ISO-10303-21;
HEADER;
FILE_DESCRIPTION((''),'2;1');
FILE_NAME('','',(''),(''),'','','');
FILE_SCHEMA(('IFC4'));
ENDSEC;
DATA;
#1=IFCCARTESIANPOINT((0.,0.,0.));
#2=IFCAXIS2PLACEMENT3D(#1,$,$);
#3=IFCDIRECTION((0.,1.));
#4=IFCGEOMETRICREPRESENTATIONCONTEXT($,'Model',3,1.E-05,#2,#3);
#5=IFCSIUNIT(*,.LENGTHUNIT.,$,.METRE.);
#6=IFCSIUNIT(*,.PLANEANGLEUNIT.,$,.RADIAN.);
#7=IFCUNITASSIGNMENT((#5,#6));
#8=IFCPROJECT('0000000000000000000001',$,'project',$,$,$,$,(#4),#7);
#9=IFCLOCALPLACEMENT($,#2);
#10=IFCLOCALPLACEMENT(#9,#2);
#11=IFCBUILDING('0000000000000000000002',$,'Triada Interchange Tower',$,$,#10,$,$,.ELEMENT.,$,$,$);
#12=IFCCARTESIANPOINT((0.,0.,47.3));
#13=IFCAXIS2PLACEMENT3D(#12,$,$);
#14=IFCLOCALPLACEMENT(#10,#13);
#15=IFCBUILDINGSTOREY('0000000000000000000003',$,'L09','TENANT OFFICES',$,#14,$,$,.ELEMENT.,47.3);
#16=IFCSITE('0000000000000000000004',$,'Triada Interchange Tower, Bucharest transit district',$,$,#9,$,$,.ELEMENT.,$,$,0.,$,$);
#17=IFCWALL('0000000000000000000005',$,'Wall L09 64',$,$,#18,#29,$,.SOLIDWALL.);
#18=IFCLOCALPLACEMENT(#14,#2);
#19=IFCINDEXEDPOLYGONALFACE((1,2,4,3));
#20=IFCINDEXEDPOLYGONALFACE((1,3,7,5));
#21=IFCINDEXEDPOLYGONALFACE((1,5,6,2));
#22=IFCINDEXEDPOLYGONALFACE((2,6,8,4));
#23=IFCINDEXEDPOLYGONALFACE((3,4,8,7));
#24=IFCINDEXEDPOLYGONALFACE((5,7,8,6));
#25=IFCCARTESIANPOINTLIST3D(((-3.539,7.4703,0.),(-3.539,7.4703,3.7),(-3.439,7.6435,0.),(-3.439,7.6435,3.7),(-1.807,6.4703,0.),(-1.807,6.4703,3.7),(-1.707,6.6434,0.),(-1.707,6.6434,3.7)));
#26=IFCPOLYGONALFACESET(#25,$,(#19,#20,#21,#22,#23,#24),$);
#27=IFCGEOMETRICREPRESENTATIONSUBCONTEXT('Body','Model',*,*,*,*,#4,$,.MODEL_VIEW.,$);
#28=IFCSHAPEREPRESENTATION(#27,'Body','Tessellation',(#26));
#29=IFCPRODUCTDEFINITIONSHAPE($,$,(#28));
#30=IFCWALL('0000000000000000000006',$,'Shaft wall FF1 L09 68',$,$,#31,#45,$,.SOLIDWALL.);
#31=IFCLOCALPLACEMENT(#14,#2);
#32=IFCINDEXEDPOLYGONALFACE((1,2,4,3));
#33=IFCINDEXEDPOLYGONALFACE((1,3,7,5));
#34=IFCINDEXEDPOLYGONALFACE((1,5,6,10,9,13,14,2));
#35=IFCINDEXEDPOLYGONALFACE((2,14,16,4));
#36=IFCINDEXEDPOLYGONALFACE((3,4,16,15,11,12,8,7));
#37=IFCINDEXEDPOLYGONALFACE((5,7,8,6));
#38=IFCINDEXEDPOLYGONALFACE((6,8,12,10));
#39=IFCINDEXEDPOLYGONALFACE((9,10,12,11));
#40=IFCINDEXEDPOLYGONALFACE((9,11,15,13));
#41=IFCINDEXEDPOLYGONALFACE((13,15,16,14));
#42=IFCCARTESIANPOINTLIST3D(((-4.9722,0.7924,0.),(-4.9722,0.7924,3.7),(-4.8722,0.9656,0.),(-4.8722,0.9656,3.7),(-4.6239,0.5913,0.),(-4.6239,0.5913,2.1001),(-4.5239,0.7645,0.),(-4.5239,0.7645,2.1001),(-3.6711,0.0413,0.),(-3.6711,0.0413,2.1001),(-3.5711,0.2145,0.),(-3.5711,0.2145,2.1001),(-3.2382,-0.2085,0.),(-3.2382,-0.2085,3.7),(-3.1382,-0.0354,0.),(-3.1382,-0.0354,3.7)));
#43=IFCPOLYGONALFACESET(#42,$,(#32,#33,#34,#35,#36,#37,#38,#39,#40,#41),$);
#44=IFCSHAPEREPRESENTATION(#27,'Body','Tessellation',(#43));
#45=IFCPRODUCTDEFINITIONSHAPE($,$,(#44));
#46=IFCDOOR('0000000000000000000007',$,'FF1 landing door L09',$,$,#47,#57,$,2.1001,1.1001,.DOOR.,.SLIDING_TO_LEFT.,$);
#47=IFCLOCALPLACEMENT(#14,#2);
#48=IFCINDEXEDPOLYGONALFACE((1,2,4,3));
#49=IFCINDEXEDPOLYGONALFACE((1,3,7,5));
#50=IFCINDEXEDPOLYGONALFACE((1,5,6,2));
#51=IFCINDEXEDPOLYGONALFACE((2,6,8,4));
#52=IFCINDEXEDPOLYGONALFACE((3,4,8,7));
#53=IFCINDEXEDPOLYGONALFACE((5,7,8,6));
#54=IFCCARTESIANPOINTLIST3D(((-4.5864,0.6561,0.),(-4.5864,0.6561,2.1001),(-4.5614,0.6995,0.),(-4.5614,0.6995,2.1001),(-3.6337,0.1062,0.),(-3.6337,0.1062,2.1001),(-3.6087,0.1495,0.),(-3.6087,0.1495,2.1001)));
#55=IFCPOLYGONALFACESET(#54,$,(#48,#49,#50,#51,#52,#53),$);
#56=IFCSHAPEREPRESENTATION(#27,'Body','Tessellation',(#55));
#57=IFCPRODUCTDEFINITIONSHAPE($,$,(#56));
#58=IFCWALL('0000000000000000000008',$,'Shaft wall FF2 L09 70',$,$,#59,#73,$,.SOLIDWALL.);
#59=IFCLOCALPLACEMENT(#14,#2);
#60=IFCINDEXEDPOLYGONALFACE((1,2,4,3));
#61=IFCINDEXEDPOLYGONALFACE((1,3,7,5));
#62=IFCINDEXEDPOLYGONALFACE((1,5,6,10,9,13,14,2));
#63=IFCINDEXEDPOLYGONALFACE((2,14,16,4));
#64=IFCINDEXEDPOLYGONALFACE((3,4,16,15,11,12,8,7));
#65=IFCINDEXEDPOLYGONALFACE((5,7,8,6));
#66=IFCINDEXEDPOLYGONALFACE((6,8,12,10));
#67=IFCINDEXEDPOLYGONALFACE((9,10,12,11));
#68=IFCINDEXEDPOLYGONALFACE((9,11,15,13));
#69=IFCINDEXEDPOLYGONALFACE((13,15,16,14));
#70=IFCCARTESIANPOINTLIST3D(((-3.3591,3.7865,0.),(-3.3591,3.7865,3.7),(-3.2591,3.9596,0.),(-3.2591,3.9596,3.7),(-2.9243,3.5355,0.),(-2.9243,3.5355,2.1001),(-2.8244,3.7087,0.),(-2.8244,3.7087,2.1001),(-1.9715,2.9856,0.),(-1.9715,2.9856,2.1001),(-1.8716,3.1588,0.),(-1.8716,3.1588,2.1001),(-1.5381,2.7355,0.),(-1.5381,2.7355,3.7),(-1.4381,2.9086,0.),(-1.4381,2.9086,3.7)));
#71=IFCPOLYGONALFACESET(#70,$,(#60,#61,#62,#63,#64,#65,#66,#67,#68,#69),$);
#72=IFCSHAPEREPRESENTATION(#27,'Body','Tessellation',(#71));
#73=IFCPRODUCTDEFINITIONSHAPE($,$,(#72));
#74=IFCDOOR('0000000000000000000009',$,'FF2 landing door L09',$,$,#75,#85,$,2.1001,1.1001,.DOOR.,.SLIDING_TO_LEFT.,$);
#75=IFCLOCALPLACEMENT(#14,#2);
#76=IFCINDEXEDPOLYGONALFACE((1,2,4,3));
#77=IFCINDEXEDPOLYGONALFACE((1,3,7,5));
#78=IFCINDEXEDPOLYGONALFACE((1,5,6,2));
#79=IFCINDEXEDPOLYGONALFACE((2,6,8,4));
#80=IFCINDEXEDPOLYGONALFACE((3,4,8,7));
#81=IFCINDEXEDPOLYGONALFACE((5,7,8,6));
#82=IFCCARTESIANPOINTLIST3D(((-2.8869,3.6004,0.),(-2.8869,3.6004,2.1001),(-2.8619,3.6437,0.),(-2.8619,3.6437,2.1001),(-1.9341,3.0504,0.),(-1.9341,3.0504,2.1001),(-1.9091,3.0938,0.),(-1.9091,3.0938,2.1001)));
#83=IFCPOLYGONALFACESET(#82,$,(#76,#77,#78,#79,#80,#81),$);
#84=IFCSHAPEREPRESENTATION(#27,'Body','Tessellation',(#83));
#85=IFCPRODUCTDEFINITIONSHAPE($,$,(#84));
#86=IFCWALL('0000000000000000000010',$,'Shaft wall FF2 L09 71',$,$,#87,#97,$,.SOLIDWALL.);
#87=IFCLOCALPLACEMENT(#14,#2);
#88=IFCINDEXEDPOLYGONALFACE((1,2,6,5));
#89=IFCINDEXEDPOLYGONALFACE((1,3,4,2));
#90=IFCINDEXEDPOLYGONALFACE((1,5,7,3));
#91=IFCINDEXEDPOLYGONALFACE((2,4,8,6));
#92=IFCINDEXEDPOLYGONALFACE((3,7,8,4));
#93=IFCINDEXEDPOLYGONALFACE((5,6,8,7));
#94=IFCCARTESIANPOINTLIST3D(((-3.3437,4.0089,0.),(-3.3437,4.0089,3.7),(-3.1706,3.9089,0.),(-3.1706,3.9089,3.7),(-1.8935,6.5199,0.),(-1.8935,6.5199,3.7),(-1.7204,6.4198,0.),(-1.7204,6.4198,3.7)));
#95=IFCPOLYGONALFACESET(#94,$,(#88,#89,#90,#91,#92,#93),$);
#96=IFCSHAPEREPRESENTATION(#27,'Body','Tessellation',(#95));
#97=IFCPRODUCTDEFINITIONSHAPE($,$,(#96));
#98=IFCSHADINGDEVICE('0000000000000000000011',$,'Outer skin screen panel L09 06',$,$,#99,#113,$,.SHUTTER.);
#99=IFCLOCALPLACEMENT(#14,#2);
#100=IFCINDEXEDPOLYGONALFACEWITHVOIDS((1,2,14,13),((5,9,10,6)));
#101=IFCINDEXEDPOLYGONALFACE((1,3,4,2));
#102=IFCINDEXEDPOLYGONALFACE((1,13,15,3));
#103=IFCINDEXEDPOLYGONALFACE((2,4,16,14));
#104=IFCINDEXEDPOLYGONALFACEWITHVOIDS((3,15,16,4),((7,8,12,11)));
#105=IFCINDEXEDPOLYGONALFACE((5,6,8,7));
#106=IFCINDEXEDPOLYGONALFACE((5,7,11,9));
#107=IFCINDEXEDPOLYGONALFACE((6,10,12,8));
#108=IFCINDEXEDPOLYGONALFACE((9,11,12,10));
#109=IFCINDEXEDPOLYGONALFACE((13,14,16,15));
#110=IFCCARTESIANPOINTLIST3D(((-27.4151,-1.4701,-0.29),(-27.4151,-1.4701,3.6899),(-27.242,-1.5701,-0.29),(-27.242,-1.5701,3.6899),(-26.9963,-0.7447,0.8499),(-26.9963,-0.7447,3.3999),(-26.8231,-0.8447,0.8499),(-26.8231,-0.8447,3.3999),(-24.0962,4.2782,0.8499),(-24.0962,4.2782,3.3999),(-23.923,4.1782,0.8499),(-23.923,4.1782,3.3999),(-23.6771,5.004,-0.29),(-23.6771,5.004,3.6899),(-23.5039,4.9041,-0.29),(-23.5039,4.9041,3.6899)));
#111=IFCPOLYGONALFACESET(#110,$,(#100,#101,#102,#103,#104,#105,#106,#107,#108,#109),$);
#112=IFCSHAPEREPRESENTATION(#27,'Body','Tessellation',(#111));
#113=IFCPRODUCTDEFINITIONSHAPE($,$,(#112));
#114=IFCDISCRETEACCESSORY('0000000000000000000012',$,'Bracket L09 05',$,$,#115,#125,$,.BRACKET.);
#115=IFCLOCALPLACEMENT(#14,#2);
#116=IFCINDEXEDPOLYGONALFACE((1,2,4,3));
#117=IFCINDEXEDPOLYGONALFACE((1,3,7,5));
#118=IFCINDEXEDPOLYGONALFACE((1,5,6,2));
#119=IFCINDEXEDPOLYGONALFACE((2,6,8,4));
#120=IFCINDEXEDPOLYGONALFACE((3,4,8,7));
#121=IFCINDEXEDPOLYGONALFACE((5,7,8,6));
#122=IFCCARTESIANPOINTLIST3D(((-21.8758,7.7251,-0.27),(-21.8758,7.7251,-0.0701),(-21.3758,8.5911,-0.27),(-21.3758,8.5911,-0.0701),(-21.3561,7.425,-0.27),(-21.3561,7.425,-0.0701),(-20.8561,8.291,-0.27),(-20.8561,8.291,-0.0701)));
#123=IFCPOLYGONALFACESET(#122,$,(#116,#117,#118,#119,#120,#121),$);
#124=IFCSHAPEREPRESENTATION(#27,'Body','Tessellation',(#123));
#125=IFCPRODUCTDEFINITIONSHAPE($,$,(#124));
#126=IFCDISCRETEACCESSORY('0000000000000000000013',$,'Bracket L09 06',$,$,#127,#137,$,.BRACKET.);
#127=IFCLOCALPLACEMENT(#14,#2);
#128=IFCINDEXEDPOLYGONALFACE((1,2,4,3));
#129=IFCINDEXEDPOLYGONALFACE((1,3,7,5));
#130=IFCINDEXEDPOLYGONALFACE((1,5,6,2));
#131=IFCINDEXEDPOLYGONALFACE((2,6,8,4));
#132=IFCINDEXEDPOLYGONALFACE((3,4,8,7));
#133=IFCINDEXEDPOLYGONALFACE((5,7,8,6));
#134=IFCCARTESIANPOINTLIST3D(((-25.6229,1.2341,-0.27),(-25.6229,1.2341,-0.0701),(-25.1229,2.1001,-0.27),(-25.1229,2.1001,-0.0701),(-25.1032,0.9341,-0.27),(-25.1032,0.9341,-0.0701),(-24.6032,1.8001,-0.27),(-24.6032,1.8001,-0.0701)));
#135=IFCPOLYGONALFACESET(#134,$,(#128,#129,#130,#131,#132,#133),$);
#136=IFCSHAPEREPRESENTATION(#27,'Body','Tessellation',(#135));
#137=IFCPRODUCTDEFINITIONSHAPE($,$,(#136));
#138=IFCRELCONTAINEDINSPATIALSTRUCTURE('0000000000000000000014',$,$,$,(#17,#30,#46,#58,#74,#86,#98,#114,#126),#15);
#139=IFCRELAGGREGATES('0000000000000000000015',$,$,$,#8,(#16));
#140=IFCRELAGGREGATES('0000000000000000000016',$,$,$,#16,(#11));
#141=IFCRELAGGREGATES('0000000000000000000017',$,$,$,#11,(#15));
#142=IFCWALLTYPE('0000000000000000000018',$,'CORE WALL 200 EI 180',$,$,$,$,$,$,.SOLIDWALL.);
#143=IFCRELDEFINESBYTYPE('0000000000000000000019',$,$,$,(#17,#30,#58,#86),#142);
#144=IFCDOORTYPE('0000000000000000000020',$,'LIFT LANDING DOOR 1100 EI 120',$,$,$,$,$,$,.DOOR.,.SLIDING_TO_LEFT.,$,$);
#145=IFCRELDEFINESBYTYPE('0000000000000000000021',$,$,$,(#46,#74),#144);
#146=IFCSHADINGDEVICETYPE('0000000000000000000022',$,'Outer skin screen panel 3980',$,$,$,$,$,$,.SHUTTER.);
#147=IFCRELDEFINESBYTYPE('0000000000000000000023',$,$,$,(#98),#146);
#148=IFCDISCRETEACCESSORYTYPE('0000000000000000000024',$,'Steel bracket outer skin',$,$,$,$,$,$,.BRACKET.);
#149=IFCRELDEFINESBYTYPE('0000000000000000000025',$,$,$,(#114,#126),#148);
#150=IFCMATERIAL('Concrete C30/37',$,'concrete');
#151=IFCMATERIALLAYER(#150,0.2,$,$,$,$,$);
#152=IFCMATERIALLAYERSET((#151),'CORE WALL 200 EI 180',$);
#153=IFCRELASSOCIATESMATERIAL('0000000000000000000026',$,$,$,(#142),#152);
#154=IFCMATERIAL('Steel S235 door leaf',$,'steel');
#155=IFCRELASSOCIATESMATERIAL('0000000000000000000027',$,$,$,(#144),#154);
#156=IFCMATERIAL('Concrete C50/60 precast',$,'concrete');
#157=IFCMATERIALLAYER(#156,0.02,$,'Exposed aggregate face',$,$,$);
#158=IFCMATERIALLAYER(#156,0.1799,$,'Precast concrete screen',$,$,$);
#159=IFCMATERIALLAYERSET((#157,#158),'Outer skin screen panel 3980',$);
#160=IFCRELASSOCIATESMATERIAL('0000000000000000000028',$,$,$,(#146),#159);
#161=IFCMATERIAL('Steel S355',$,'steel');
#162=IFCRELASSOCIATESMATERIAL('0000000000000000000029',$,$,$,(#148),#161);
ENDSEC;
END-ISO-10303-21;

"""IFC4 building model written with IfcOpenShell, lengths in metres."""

from ifc_helpers import new_model, si_unit, direction, frame, frame_2d, origin, origin_2d, place, context, subcontext, project, spatial, polyline, rectangle, outline, extrude, material, layer, layer_set, type_object, element, fill, save


model = new_model("IFC4")

# Units and contexts
model_context = context("Model", 3, precision=1e-05, world=origin(), true_north=direction((0.0, 1.0)))
body_context = subcontext(model_context, "Body", "Model", "MODEL_VIEW")
ifc_project = project(units=[si_unit("LENGTHUNIT", "METRE"), si_unit("PLANEANGLEUNIT", "RADIAN")], contexts=[model_context])

# Site, building, storey
site_placement = place(None, origin())
site = spatial("IfcSite", under=ifc_project, at=site_placement, Name="Triada Interchange Tower, Bucharest transit district", CompositionType="ELEMENT", RefElevation=0.0)
building_placement = place(site_placement, origin())
building = spatial("IfcBuilding", under=site, at=building_placement, Name="Triada Interchange Tower", CompositionType="ELEMENT")
storey_placement = place(building_placement, frame((0.0, 0.0, 47.3)))
storey = spatial("IfcBuildingStorey", under=building, at=storey_placement, Name="L09", Description="TENANT OFFICES", CompositionType="ELEMENT", Elevation=47.3)

# Shared definitions
ifc_material_1 = material(Name="Concrete C30/37", Category="concrete")

# Shared definitions
ifc_layer_1 = layer(ifc_material_1, 0.2)
ifc_layer_set_1 = layer_set([ifc_layer_1], Name="CORE WALL 200 EI 180")
wall_type_1 = type_object("IfcWallType", Name="CORE WALL 200 EI 180", PredefinedType="SOLIDWALL", material=ifc_layer_set_1)
ifc_material_2 = material(Name="Steel S235 door leaf", Category="steel")
door_type_1 = type_object("IfcDoorType", Name="LIFT LANDING DOOR 1100 EI 120", OperationType="SLIDING_TO_LEFT", PredefinedType="DOOR", material=ifc_material_2)

# Wall
wall_1_placement = place(storey_placement, frame((-3.489, 7.5569, 0.0), z_axis=(0.0, 0.0, 1.0), x_axis=(0.866011, -0.500025, 0.0)))
element("IfcWall", 1, at=wall_1_placement, inside=storey, type_object=wall_type_1, Name="Wall L09 64", PredefinedType="SOLIDWALL", context=body_context, shape_type="SweptSolid", body=[
    extrude(rectangle(XDim=2.0, YDim=0.2, at=frame_2d((1.0, 0.0))), origin(), (0.0, 0.0, 1.0), 3.7),
])

# Walls, openings, doors
wall_2_placement = place(storey_placement, frame((-4.9221, 0.8789, 0.0), z_axis=(0.0, 0.0, 1.0), x_axis=(0.866074, -0.499916, 0.0)))
wall_2 = element("IfcWall", 2, at=wall_2_placement, inside=storey, type_object=wall_type_1, Name="Shaft wall FF1 L09 68", PredefinedType="SOLIDWALL", context=body_context, shape_type="SweptSolid", body=[
    extrude(rectangle(XDim=2.0022, YDim=0.2, at=frame_2d((1.001, 0.0))), origin(), (0.0, 0.0, 1.0), 3.7),
])
opening_1_placement = place(wall_2_placement, frame((0.4021, 0.0, 0.0)))
opening_1 = element("IfcOpeningElement", 3, at=opening_1_placement, cuts=wall_2, PredefinedType="OPENING", context=body_context, shape_type="SweptSolid", body=[
    extrude(rectangle(XDim=1.1001, YDim=2.1001, at=frame_2d((0.55, 1.05))), frame((0.0, 0.1099, 0.0), z_axis=(0.0, -1.0, 0.0), x_axis=(1.0, 0.0, 0.0)), (0.0, 0.0, 1.0), 0.22),
])
door_1_placement = place(opening_1_placement, origin())
door_1 = element("IfcDoor", 4, at=door_1_placement, inside=storey, type_object=door_type_1, Name="FF1 landing door L09", OperationType="SLIDING_TO_LEFT", OverallHeight=2.1001, OverallWidth=1.1001, PredefinedType="DOOR", context=body_context, shape_type="SweptSolid", body=[
    extrude(rectangle(XDim=1.1001, YDim=2.1001, at=frame_2d((0.55, 1.05))), frame((0.0, 0.0249, 0.0), z_axis=(0.0, -1.0, 0.0), x_axis=(1.0, 0.0, 0.0)), (0.0, 0.0, 1.0), 0.05),
])
fill(opening_1, door_1)
wall_3_placement = place(storey_placement, frame((-3.3091, 3.873, 0.0), z_axis=(0.0, 0.0, 1.0), x_axis=(0.866099, -0.499873, 0.0)))
wall_3 = element("IfcWall", 5, at=wall_3_placement, inside=storey, type_object=wall_type_1, Name="Shaft wall FF2 L09 70", PredefinedType="SOLIDWALL", context=body_context, shape_type="SweptSolid", body=[
    extrude(rectangle(XDim=2.1025, YDim=0.2, at=frame_2d((1.0513, 0.0))), origin(), (0.0, 0.0, 1.0), 3.7),
])
opening_2_placement = place(wall_3_placement, frame((0.502, 0.0, 0.0)))
opening_2 = element("IfcOpeningElement", 6, at=opening_2_placement, cuts=wall_3, PredefinedType="OPENING", context=body_context, shape_type="SweptSolid", body=[
    extrude(rectangle(XDim=1.1001, YDim=2.1001, at=frame_2d((0.55, 1.05))), frame((0.0, 0.1099, 0.0), z_axis=(0.0, -1.0, 0.0), x_axis=(1.0, 0.0, 0.0)), (0.0, 0.0, 1.0), 0.22),
])
door_2_placement = place(opening_2_placement, origin())
door_2 = element("IfcDoor", 7, at=door_2_placement, inside=storey, type_object=door_type_1, Name="FF2 landing door L09", OperationType="SLIDING_TO_LEFT", OverallHeight=2.1001, OverallWidth=1.1001, PredefinedType="DOOR", context=body_context, shape_type="SweptSolid", body=[
    extrude(rectangle(XDim=1.1001, YDim=2.1001, at=frame_2d((0.55, 1.05))), frame((0.0, 0.0249, 0.0), z_axis=(0.0, -1.0, 0.0), x_axis=(1.0, 0.0, 0.0)), (0.0, 0.0, 1.0), 0.05),
])
fill(opening_2, door_2)

# Wall
wall_4_placement = place(storey_placement, frame((-3.2571, 3.959, 0.0), z_axis=(0.0, 0.0, 1.0), x_axis=(0.500123, 0.865954, 0.0)))
element("IfcWall", 8, at=wall_4_placement, inside=storey, type_object=wall_type_1, Name="Shaft wall FF2 L09 71", PredefinedType="SOLIDWALL", context=body_context, shape_type="SweptSolid", body=[
    extrude(rectangle(XDim=2.8997, YDim=0.2, at=frame_2d((1.4497, 0.0))), origin(), (0.0, 0.0, 1.0), 3.7),
])

# Shading device
ifc_material_3 = material(Name="Concrete C50/60 precast", Category="concrete")
ifc_layer_2 = layer(ifc_material_3, 0.02, Name="Exposed aggregate face")
ifc_layer_3 = layer(ifc_material_3, 0.1799, Name="Precast concrete screen")
ifc_layer_set_2 = layer_set([ifc_layer_2, ifc_layer_3], Name="Outer skin screen panel 3980")
shading_device_type = type_object("IfcShadingDeviceType", Name="Outer skin screen panel 3980", PredefinedType="SHUTTER", material=ifc_layer_set_2)
shading_device_placement = place(storey_placement, frame((-23.5039, 4.9041, -0.29), z_axis=(0.0, 0.0, 1.0), x_axis=(-0.50002, -0.866014, 0.0)))
element("IfcShadingDevice", 9, at=shading_device_placement, inside=storey, type_object=shading_device_type, Name="Outer skin screen panel L09 06", PredefinedType="SHUTTER", context=body_context, shape_type="SweptSolid", body=[
    extrude(outline(polyline([(0.0, 0.0), (7.4758, 0.0), (7.4758, 3.98), (0.0, 3.98), (0.0, 0.0)]), holes=[polyline([(0.8381, 1.1399), (0.8381, 3.6899), (6.6382, 3.6899), (6.6382, 1.1399), (0.8381, 1.1399)])]), frame((0.0, 0.0, 0.0), z_axis=(0.0, -1.0, 0.0), x_axis=(1.0, 0.0, 0.0)), (0.0, 0.0, 1.0), 0.2),
])

# Discrete accessories
ifc_material_4 = material(Name="Steel S355", Category="steel")
discrete_accessory_type = type_object("IfcDiscreteAccessoryType", Name="Steel bracket outer skin", PredefinedType="BRACKET", material=ifc_material_4)
for number, where, z_axis, x_axis, name in (
    (10, (-21.366, 8.0081, -0.27), (0.0, 0.0, 1.0), (-0.866026, 0.499999, 0.0), "Bracket L09 05"),
    (11, (-25.113, 1.5171, -0.27), (0.0, 0.0, 1.0), (-0.866026, 0.499999, 0.0), "Bracket L09 06"),
):
    element("IfcDiscreteAccessory", number, at=place(storey_placement, frame(where, z_axis=z_axis, x_axis=x_axis)), inside=storey, type_object=discrete_accessory_type, Name=name, PredefinedType="BRACKET", context=body_context, shape_type="SweptSolid", body=[
        extrude(rectangle(XDim=0.6001, YDim=1.0, at=origin_2d()), origin(), (0.0, 0.0, 1.0), 0.2),
    ])

save(model, "model.ifc")
